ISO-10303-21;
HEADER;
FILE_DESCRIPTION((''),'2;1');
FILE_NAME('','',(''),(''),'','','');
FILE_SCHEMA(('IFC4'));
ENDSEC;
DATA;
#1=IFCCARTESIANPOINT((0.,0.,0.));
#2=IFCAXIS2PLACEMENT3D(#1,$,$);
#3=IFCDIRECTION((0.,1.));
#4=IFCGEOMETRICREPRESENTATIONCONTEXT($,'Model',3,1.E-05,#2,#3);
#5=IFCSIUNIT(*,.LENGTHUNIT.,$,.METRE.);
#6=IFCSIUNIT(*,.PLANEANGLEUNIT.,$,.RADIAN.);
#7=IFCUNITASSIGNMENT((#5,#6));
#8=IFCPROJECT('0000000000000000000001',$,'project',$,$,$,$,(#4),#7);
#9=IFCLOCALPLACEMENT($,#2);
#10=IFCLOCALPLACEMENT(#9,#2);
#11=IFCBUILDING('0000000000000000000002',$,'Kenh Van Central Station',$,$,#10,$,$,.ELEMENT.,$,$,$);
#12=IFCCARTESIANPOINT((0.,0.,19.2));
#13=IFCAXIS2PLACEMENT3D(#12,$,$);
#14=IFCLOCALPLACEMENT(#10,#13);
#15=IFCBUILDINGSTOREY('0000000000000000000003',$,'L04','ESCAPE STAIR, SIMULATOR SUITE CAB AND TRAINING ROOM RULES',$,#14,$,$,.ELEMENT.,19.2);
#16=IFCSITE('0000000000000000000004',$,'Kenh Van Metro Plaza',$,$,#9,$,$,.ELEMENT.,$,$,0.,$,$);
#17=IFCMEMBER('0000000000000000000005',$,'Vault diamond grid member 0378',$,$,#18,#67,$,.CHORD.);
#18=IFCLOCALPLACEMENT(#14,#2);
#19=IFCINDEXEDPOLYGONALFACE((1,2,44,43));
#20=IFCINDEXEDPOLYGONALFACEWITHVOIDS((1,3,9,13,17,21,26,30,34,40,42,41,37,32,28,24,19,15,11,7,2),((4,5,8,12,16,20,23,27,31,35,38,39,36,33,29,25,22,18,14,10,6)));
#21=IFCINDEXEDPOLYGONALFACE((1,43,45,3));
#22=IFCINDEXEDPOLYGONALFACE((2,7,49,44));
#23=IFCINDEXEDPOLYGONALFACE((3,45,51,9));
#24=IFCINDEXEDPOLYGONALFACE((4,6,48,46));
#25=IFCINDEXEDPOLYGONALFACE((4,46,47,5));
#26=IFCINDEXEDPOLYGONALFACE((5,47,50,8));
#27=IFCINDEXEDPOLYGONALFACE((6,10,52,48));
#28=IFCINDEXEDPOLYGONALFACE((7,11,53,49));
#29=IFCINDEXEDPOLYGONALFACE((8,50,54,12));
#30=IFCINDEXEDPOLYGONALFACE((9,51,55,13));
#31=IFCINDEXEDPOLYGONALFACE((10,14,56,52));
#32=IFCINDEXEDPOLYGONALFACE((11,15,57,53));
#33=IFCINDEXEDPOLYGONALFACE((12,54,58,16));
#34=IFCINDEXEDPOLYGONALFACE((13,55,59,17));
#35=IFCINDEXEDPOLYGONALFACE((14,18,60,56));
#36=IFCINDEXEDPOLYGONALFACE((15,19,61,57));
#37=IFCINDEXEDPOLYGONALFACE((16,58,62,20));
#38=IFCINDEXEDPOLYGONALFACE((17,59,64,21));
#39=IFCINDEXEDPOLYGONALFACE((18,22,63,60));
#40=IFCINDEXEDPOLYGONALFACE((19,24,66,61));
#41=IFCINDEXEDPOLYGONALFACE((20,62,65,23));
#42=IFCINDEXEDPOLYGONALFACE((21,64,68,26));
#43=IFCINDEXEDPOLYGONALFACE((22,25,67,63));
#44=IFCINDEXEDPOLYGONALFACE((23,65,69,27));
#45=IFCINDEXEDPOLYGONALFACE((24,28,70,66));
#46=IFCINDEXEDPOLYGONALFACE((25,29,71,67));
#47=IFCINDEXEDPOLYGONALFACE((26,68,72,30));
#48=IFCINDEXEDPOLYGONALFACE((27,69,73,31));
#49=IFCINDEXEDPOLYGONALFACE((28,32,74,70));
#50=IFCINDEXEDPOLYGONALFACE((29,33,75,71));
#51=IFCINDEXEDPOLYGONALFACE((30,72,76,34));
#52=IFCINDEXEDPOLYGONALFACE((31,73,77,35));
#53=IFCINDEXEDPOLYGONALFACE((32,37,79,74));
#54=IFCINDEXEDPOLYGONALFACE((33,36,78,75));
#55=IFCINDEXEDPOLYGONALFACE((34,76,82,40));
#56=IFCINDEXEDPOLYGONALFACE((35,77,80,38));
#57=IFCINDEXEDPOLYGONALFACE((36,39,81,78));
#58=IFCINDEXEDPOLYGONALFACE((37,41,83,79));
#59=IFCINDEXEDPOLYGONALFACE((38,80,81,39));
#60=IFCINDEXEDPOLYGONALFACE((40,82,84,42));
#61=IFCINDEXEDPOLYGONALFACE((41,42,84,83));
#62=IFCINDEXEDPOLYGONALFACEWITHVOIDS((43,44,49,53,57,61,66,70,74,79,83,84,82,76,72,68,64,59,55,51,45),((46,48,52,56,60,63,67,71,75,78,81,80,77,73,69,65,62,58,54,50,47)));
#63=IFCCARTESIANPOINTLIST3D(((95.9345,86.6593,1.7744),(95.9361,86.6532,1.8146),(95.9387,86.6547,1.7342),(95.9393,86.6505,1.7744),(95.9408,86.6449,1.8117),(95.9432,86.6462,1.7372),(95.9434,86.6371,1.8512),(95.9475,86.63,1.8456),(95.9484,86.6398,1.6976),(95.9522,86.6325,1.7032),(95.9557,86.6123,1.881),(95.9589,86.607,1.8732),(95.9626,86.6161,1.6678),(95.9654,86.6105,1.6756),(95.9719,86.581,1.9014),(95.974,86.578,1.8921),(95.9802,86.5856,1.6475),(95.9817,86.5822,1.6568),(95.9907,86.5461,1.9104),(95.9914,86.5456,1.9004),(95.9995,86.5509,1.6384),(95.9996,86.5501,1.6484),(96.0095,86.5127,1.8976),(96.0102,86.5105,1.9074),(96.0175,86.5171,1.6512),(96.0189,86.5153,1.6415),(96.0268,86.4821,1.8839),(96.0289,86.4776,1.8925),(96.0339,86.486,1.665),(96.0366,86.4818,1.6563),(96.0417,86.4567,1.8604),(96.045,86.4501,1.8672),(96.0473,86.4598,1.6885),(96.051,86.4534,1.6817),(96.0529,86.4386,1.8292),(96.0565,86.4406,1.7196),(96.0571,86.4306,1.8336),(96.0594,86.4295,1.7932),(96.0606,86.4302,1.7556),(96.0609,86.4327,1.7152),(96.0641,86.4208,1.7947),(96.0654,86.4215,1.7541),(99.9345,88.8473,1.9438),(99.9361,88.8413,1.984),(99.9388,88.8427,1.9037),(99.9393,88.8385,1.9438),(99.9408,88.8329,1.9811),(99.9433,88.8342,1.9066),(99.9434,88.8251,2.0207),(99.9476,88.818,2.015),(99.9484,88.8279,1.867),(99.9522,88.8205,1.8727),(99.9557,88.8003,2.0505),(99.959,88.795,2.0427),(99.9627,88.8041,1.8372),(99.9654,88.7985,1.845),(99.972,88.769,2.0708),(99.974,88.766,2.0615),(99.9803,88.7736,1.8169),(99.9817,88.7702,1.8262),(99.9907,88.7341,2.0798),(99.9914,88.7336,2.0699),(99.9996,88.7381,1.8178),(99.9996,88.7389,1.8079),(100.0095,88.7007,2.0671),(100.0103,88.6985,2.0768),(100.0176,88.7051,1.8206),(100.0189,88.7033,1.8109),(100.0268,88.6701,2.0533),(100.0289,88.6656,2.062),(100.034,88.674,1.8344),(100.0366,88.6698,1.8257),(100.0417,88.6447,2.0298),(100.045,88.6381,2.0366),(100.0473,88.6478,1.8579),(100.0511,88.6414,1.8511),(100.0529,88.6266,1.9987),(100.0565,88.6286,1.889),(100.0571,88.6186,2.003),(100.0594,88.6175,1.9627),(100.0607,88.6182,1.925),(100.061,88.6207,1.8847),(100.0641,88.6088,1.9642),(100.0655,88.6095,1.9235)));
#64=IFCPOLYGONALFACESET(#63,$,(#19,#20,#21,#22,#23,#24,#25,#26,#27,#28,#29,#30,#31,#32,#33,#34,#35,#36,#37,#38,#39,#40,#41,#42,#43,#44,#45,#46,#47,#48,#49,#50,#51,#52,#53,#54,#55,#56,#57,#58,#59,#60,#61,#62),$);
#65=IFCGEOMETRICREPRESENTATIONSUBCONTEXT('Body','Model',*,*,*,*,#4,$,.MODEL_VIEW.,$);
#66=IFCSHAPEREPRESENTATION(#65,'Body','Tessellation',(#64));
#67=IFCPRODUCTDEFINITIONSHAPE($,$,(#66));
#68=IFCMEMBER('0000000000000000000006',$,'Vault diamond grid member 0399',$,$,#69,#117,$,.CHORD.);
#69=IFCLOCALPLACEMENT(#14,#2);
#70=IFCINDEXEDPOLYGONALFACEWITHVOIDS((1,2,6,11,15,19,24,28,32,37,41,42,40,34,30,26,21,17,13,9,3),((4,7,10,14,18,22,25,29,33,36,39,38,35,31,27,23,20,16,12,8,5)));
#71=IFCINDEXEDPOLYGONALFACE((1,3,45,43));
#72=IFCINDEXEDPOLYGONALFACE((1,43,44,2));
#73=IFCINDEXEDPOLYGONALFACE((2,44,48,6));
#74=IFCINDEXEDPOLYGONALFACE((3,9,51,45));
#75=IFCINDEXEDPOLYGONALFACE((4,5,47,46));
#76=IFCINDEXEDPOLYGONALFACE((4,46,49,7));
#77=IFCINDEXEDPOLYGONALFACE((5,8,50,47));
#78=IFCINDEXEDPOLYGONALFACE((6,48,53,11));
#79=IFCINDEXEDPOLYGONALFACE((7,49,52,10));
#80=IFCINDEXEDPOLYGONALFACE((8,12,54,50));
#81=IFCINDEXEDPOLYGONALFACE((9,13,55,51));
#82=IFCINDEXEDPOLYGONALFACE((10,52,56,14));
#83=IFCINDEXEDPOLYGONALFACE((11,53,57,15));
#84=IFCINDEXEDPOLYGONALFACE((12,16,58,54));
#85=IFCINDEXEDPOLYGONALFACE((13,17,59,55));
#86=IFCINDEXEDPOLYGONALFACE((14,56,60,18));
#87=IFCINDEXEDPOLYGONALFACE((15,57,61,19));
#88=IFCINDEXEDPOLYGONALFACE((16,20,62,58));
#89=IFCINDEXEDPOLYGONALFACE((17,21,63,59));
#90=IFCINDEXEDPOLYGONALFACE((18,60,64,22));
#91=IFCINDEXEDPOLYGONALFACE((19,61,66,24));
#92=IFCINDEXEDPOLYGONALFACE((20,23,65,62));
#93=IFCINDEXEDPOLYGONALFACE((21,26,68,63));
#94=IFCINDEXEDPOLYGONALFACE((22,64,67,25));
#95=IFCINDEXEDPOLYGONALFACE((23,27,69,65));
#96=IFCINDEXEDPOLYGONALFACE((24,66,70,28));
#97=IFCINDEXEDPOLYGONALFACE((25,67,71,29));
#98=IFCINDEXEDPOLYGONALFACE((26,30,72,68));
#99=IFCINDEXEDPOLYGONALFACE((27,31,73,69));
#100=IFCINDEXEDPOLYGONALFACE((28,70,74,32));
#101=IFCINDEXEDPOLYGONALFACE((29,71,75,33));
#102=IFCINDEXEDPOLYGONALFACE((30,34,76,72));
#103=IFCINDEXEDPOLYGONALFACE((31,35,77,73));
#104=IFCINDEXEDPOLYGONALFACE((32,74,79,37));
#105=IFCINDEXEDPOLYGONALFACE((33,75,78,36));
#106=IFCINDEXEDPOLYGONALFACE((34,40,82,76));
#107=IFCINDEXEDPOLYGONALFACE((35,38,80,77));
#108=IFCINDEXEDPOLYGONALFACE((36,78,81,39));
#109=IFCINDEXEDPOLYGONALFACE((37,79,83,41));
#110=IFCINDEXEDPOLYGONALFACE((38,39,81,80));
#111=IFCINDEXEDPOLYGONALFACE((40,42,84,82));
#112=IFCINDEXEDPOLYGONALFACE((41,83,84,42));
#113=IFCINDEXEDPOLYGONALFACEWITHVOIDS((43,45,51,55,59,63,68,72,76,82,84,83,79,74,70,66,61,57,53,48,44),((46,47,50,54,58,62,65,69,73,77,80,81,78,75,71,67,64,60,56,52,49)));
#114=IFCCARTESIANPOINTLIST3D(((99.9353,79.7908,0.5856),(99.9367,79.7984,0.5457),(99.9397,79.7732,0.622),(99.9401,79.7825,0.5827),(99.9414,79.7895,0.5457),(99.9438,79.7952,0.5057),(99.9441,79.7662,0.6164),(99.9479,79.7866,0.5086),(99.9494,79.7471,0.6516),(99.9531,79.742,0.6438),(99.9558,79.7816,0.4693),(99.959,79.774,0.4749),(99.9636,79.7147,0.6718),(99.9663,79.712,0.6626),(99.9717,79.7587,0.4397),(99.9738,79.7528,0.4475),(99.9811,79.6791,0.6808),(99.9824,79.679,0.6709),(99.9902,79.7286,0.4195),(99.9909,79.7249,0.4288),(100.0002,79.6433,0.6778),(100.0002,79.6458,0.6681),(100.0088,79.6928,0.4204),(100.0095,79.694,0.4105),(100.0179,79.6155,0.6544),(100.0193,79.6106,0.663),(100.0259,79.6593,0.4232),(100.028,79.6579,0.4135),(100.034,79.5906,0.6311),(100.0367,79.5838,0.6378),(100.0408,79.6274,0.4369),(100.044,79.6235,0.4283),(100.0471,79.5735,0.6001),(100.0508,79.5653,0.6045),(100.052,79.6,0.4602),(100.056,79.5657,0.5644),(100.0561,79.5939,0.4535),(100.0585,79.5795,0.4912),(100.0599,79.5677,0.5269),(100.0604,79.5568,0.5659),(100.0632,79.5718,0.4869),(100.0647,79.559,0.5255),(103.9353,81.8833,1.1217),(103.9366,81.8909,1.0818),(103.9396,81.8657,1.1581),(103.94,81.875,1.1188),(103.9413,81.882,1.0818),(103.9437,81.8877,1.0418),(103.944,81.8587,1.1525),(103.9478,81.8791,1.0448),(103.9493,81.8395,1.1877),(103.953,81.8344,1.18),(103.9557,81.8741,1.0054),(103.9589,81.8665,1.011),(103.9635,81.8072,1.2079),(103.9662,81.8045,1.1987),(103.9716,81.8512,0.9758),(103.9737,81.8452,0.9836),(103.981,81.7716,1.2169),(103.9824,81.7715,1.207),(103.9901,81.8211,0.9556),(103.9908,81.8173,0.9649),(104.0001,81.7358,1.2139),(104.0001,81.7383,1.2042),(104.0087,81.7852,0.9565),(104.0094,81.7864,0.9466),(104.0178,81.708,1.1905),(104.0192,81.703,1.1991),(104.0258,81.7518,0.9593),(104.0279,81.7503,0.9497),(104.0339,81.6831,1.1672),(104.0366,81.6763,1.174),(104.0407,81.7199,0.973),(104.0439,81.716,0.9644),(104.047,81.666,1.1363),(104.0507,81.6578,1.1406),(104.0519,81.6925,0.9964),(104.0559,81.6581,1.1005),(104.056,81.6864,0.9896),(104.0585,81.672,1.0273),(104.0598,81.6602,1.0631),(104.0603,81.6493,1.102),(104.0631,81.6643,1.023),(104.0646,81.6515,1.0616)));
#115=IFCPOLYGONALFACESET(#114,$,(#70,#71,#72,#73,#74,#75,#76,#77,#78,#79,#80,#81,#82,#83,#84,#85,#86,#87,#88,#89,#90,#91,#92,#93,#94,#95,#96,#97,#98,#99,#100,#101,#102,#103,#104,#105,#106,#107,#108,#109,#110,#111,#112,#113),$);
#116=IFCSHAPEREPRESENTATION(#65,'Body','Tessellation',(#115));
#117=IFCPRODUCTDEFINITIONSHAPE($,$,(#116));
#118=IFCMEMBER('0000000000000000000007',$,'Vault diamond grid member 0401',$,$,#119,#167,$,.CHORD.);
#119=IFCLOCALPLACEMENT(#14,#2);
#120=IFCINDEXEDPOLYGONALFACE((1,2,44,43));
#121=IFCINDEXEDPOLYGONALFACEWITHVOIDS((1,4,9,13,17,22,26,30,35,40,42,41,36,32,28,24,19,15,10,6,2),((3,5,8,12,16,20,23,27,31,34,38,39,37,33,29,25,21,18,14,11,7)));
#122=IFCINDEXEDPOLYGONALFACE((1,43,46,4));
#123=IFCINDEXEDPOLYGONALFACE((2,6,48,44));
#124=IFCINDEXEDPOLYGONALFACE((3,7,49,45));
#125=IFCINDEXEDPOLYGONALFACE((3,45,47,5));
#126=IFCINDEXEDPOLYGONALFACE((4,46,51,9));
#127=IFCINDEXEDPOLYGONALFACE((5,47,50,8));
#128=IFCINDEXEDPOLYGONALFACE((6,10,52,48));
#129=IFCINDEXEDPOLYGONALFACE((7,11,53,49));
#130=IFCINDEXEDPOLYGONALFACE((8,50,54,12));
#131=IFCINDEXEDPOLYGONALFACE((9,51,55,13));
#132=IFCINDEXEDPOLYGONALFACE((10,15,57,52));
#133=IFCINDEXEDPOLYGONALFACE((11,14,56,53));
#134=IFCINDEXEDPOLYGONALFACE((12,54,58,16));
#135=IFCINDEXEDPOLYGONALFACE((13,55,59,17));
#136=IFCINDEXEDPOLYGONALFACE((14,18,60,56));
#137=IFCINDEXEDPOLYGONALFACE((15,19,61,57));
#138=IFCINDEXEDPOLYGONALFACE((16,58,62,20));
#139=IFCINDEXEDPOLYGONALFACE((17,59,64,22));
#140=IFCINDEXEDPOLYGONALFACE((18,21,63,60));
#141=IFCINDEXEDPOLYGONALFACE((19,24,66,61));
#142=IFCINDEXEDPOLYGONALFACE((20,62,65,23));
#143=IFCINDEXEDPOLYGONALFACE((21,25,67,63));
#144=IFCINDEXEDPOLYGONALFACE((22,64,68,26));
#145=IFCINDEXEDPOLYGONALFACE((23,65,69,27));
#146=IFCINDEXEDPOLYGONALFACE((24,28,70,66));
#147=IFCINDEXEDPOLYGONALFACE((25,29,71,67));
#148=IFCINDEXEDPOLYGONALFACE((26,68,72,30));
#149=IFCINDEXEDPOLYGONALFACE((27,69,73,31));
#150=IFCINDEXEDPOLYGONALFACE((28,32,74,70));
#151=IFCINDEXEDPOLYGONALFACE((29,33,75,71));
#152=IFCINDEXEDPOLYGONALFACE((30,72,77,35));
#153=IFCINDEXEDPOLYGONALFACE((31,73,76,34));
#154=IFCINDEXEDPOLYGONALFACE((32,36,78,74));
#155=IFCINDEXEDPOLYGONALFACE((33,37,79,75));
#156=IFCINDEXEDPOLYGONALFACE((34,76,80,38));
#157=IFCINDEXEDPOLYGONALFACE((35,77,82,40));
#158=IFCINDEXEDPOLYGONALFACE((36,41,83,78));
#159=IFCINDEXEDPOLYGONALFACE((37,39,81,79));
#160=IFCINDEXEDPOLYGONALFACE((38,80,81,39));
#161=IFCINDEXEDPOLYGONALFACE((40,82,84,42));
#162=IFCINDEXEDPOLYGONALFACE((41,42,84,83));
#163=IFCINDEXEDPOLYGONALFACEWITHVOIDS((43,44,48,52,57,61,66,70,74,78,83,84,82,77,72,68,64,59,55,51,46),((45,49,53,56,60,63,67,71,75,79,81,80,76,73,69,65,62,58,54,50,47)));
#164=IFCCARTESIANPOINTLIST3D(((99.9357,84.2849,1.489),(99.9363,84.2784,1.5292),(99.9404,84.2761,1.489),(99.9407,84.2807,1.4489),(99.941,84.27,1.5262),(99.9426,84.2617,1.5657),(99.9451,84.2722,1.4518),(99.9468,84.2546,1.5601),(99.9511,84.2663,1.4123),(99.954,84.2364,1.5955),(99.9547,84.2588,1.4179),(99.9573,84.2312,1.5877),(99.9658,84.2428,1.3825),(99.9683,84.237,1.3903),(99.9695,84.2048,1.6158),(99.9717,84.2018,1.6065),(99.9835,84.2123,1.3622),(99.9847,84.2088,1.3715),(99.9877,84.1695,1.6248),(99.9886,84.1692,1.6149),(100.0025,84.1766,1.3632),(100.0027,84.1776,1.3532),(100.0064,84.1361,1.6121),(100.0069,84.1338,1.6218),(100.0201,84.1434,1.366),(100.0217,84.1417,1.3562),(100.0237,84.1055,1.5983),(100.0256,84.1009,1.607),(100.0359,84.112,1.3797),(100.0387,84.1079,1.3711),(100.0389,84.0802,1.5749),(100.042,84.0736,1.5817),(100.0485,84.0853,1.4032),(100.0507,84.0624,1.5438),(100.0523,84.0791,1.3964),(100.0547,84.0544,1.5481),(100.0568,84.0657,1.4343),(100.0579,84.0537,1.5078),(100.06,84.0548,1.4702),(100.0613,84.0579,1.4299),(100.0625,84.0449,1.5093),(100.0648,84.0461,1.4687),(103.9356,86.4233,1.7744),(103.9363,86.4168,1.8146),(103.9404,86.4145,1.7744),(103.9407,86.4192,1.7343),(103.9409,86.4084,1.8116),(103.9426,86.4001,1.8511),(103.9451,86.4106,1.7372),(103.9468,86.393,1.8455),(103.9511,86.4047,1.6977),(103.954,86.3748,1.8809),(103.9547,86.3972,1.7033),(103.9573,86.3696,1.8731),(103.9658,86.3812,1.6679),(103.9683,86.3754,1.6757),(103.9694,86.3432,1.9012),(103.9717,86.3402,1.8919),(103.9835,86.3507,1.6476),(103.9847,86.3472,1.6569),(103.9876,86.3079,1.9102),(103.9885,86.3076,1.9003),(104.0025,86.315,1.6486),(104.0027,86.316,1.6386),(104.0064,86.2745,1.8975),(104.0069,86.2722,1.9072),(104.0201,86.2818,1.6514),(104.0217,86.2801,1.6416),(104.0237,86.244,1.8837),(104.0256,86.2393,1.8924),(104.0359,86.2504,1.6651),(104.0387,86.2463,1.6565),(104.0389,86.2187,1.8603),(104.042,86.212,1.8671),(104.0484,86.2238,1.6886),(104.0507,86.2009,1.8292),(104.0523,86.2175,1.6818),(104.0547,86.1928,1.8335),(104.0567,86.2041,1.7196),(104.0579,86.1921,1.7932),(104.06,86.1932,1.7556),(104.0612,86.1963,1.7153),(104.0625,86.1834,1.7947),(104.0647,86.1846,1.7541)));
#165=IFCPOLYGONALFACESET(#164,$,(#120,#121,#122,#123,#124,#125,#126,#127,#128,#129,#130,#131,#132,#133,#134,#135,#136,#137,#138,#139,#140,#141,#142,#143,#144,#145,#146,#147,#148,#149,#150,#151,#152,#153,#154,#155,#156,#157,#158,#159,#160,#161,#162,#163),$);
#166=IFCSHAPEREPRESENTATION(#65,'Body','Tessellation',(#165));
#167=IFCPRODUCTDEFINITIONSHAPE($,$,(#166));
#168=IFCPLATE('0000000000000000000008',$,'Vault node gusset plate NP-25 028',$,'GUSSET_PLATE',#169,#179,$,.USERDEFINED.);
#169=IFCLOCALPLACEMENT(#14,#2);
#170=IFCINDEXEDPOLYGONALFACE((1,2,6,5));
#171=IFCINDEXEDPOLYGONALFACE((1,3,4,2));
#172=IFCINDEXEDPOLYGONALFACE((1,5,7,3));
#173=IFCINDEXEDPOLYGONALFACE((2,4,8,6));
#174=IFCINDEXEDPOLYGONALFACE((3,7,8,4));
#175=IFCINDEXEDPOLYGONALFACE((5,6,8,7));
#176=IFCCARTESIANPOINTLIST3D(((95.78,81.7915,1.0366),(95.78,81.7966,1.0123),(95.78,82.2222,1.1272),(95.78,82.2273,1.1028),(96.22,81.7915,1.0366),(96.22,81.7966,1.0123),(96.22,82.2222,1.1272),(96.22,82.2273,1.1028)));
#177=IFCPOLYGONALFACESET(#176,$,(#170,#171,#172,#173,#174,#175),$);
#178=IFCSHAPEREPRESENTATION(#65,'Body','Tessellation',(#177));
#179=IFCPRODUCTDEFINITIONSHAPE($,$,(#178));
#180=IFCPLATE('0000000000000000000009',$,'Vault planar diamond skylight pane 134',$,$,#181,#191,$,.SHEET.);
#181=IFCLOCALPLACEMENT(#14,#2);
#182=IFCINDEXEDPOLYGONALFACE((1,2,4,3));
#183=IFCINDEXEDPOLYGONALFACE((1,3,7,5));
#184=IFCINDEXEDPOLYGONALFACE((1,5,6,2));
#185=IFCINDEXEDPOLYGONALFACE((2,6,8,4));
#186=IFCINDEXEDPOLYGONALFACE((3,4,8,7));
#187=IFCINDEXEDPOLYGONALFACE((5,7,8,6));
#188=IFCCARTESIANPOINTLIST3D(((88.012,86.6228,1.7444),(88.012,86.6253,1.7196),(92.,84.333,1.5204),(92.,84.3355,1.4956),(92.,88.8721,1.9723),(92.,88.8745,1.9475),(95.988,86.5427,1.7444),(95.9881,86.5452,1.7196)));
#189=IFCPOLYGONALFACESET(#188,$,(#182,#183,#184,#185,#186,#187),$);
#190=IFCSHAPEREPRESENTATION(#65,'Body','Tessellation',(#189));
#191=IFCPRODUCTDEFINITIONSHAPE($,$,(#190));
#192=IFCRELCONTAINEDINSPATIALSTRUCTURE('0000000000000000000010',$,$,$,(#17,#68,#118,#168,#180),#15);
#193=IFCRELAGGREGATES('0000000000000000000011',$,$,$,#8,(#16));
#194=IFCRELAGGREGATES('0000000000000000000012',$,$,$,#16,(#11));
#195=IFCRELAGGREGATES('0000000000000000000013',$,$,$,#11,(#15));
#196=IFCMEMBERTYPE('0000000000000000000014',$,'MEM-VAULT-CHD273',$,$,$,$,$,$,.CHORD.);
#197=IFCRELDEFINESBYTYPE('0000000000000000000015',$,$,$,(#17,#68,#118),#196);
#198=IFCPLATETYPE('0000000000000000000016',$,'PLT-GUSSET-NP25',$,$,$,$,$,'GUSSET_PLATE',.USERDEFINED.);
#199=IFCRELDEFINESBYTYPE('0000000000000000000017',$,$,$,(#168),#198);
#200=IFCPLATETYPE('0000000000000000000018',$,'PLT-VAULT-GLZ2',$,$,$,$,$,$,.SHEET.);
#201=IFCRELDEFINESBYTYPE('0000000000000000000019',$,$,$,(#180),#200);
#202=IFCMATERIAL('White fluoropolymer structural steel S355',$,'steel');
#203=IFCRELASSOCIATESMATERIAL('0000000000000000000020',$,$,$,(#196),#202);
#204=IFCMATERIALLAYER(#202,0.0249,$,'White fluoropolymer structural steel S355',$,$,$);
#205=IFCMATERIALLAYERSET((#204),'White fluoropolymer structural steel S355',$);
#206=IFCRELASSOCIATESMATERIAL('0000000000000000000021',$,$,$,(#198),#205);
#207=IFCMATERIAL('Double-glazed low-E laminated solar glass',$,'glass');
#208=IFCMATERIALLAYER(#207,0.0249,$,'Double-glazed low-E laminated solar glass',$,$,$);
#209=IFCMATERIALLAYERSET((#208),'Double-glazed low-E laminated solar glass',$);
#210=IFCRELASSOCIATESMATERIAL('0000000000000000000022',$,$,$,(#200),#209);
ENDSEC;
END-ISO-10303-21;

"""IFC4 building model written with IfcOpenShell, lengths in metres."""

from ifc_helpers import new_model, si_unit, direction, frame, origin, origin_2d, place, context, subcontext, project, spatial, polyline, hollow_circle, outline, extrude, material, layer, layer_set, material_profile, profile_set, type_object, element, save


model = new_model("IFC4")

# Units and contexts
model_context = context("Model", 3, precision=1e-05, world=origin(), true_north=direction((0.0, 1.0)))
body_context = subcontext(model_context, "Body", "Model", "MODEL_VIEW")
ifc_project = project(units=[si_unit("LENGTHUNIT", "METRE"), si_unit("PLANEANGLEUNIT", "RADIAN")], contexts=[model_context])

# Site, building, storey
site_placement = place(None, origin())
site = spatial("IfcSite", under=ifc_project, at=site_placement, Name="Kenh Van Metro Plaza", CompositionType="ELEMENT", RefElevation=0.0)
building_placement = place(site_placement, origin())
building = spatial("IfcBuilding", under=site, at=building_placement, Name="Kenh Van Central Station", CompositionType="ELEMENT")
storey_placement = place(building_placement, frame((0.0, 0.0, 19.2)))
storey = spatial("IfcBuildingStorey", under=building, at=storey_placement, Name="L04", Description="ESCAPE STAIR, SIMULATOR SUITE CAB AND TRAINING ROOM RULES", CompositionType="ELEMENT", Elevation=19.2)

# Shared definitions
ifc_material_1 = material(Name="White fluoropolymer structural steel S355", Category="steel")

# Members
ifc_material_profile_1 = material_profile(ifc_material_1, hollow_circle(Radius=0.1365, WallThickness=0.01, at=origin_2d()), Name="CHS 273x10")
ifc_profile_set_1 = profile_set([ifc_material_profile_1], Name="White fluoropolymer structural steel S355")
member_type_1 = type_object("IfcMemberType", Name="MEM-VAULT-CHD273", PredefinedType="CHORD", material=ifc_profile_set_1)
member_1_placement = place(storey_placement, frame((96.0, 86.5396, 1.7744), z_axis=(0.876721, 0.479564, 0.037136), x_axis=(-0.479895, 0.877326, 0.0)))
element("IfcMember", 1, at=member_1_placement, inside=storey, type_object=member_type_1, Name="Vault diamond grid member 0378", PredefinedType="CHORD", context=body_context, shape_type="SweptSolid", body=[
    extrude(hollow_circle(Radius=0.1365, WallThickness=0.01, at=origin_2d()), origin(), (0.0, 0.0, 1.0), 4.5625),
])
member_2_placement = place(storey_placement, frame((100.0, 79.6775, 0.5457), z_axis=(0.879894, 0.460301, 0.117935), x_axis=(-0.463536, 0.886078, 0.0)))
element("IfcMember", 2, at=member_2_placement, inside=storey, type_object=member_type_1, Name="Vault diamond grid member 0399", PredefinedType="CHORD", context=body_context, shape_type="SweptSolid", body=[
    extrude(hollow_circle(Radius=0.1365, WallThickness=0.01, at=origin_2d()), origin(), (0.0, 0.0, 1.0), 4.5459),
])
member_3_placement = place(storey_placement, frame((100.0, 84.1646, 1.489), z_axis=(0.880145, 0.470532, 0.062798), x_axis=(-0.471462, 0.881886, 0.0)))
element("IfcMember", 3, at=member_3_placement, inside=storey, type_object=member_type_1, Name="Vault diamond grid member 0401", PredefinedType="CHORD", context=body_context, shape_type="SweptSolid", body=[
    extrude(hollow_circle(Radius=0.1365, WallThickness=0.01, at=origin_2d()), origin(), (0.0, 0.0, 1.0), 4.5447),
])

# Plates
ifc_layer_1 = layer(ifc_material_1, 0.0249, Name="White fluoropolymer structural steel S355")
ifc_layer_set_1 = layer_set([ifc_layer_1], Name="White fluoropolymer structural steel S355")
plate_type_1 = type_object("IfcPlateType", Name="PLT-GUSSET-NP25", ElementType="GUSSET_PLATE", PredefinedType="USERDEFINED", material=ifc_layer_set_1)
plate_1_placement = place(storey_placement, frame((95.78, 81.7915, 1.0366), z_axis=(0.0, -0.205815, 0.978591), x_axis=(1.0, 0.0, 0.0)))
element("IfcPlate", 4, at=plate_1_placement, inside=storey, type_object=plate_type_1, Name="Vault node gusset plate NP-25 028", ObjectType="GUSSET_PLATE", PredefinedType="USERDEFINED", context=body_context, shape_type="SweptSolid", body=[
    extrude(outline(polyline([(0.0, 0.0), (0.4399, 0.0), (0.4399, 0.4401), (0.0, 0.4401), (0.0, 0.0)])), origin(), (0.0, 0.0, -1.0), 0.0249),
])
ifc_material_2 = material(Name="Double-glazed low-E laminated solar glass", Category="glass")
ifc_layer_2 = layer(ifc_material_2, 0.0249, Name="Double-glazed low-E laminated solar glass")
ifc_layer_set_2 = layer_set([ifc_layer_2], Name="Double-glazed low-E laminated solar glass")
plate_type_2 = type_object("IfcPlateType", Name="PLT-VAULT-GLZ2", PredefinedType="SHEET", material=ifc_layer_set_2)
plate_2_placement = place(storey_placement, frame((88.012, 86.6228, 1.7444), z_axis=(-0.000995, -0.099069, 0.99508), x_axis=(0.866193, -0.497336, -0.048648)))
element("IfcPlate", 5, at=plate_2_placement, inside=storey, type_object=plate_type_2, Name="Vault planar diamond skylight pane 134", PredefinedType="SHEET", context=body_context, shape_type="SweptSolid", body=[
    extrude(outline(polyline([(0.0, 0.0), (4.6041, 0.0), (6.9486, 3.9167), (2.3247, 3.9511), (0.0, 0.0)])), origin(), (0.0, 0.0, -1.0), 0.0249),
])

save(model, "model.ifc")
